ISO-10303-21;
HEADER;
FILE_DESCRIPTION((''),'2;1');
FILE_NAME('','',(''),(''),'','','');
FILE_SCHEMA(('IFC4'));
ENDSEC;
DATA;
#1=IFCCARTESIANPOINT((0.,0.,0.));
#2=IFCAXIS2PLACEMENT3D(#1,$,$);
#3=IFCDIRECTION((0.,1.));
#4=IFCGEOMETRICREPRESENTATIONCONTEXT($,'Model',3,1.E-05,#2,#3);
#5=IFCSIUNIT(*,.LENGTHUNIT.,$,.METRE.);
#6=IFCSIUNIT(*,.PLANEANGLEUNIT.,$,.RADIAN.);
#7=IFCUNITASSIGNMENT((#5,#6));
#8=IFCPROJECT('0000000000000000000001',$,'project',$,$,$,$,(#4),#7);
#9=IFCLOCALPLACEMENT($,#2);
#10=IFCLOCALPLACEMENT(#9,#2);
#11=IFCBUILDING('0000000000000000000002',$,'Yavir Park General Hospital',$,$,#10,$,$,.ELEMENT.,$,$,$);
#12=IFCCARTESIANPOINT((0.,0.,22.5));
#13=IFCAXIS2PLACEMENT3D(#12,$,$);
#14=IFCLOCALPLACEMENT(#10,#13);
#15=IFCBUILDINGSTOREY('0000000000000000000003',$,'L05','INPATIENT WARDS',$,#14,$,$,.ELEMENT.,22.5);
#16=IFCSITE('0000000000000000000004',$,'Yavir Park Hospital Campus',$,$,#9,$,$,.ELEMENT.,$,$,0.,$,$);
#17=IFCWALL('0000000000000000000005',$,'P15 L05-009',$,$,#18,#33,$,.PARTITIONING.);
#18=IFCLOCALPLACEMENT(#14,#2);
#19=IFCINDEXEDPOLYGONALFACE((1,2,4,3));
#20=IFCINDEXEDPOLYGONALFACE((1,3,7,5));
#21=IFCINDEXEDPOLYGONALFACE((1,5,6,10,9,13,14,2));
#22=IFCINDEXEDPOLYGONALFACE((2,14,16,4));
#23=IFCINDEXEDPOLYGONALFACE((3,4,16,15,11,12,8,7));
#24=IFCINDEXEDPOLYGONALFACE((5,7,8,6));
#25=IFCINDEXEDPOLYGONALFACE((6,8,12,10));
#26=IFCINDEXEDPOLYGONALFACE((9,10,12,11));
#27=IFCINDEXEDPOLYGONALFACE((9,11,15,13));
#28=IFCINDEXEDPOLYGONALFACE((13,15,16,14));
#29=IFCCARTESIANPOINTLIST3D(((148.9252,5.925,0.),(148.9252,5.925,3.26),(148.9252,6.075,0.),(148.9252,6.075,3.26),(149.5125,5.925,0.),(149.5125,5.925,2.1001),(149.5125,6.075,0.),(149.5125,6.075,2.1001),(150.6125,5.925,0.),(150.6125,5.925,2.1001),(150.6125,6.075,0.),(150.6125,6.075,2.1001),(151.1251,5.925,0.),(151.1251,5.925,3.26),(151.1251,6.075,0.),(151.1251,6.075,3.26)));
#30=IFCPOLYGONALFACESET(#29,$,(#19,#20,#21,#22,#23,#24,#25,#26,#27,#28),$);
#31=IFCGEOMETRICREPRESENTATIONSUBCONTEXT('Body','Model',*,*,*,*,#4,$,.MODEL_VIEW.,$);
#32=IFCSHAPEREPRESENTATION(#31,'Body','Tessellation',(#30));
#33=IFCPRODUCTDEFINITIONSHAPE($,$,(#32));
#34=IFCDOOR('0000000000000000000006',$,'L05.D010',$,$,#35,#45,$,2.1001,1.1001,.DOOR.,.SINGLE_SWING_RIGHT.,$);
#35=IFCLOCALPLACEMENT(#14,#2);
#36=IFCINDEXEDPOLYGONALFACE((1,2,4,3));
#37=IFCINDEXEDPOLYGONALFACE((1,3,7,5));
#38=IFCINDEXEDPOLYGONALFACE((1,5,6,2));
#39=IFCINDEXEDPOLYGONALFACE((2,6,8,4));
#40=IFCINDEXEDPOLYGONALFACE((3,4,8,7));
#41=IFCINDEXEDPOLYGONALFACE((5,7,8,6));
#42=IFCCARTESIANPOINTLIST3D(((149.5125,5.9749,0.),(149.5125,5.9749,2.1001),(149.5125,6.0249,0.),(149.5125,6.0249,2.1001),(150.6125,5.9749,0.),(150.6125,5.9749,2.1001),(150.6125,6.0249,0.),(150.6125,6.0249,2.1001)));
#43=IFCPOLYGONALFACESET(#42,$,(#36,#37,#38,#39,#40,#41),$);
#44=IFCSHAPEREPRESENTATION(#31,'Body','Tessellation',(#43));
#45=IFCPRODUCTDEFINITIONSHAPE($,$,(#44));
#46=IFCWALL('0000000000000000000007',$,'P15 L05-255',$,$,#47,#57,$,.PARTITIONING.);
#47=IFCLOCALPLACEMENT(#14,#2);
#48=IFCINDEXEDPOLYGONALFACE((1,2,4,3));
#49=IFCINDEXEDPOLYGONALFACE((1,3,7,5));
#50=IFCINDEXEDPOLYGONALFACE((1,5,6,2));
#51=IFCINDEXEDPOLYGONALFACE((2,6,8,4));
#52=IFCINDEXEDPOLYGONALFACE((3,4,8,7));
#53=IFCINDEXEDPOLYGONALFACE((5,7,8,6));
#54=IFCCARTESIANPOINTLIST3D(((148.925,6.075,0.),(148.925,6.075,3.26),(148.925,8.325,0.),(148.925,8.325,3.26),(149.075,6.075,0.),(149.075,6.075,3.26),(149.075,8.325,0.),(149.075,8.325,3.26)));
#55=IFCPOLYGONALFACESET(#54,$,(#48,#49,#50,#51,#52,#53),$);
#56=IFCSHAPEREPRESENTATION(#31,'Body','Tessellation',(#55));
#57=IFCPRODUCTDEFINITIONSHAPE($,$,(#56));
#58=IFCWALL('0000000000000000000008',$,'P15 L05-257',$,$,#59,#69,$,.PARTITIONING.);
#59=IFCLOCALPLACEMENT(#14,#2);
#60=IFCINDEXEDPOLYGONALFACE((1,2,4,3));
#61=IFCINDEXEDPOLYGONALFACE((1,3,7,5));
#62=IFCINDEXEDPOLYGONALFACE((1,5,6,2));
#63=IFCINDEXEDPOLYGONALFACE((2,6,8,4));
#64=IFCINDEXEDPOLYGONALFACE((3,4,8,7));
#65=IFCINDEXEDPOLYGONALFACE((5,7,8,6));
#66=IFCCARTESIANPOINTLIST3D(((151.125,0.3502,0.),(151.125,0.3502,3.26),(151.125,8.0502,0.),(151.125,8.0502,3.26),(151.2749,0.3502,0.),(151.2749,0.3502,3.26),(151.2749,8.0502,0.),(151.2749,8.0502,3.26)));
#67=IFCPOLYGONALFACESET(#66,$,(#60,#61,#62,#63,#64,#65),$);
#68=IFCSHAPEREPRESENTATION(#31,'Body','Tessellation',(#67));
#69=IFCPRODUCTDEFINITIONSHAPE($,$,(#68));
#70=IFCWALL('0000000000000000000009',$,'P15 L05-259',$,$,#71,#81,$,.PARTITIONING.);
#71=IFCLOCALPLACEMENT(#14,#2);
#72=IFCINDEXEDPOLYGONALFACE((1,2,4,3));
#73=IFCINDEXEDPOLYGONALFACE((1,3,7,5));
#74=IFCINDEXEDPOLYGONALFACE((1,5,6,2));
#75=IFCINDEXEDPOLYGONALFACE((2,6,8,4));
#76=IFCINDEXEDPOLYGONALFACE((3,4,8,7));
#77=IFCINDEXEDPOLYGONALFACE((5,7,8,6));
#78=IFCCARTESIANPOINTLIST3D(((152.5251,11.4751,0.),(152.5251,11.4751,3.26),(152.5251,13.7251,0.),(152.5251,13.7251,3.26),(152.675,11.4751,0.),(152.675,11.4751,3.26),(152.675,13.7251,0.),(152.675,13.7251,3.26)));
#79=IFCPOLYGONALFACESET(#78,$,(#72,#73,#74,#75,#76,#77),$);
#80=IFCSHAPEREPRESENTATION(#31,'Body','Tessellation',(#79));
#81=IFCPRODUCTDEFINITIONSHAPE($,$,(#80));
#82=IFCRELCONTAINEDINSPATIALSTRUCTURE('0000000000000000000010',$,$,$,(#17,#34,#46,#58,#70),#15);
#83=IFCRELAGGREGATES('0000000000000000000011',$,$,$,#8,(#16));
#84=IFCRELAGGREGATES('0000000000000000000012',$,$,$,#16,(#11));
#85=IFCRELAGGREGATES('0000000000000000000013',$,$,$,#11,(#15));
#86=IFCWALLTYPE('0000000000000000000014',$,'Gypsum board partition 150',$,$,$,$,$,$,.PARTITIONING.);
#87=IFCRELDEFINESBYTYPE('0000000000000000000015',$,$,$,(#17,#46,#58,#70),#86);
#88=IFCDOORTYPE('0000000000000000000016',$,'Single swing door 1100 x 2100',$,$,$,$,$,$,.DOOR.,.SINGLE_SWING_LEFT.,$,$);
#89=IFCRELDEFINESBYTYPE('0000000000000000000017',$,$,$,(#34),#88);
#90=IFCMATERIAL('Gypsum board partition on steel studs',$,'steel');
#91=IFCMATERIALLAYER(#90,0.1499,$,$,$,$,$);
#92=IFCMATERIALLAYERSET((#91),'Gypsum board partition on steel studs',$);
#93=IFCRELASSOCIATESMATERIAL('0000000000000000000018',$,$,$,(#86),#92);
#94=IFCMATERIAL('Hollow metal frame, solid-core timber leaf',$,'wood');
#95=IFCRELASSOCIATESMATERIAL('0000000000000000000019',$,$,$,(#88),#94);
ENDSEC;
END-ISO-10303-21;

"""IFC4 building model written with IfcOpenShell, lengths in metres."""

from ifc_helpers import new_model, si_unit, direction, frame, frame_2d, origin, place, context, subcontext, project, spatial, rectangle, extrude, material, layer, layer_set, type_object, element, fill, save


model = new_model("IFC4")

# Units and contexts
model_context = context("Model", 3, precision=1e-05, world=origin(), true_north=direction((0.0, 1.0)))
body_context = subcontext(model_context, "Body", "Model", "MODEL_VIEW")
ifc_project = project(units=[si_unit("LENGTHUNIT", "METRE"), si_unit("PLANEANGLEUNIT", "RADIAN")], contexts=[model_context])

# Site, building, storey
site_placement = place(None, origin())
site = spatial("IfcSite", under=ifc_project, at=site_placement, Name="Yavir Park Hospital Campus", CompositionType="ELEMENT", RefElevation=0.0)
building_placement = place(site_placement, origin())
building = spatial("IfcBuilding", under=site, at=building_placement, Name="Yavir Park General Hospital", CompositionType="ELEMENT")
storey_placement = place(building_placement, frame((0.0, 0.0, 22.5)))
storey = spatial("IfcBuildingStorey", under=building, at=storey_placement, Name="L05", Description="INPATIENT WARDS", CompositionType="ELEMENT", Elevation=22.5)

# Wall, opening, door
ifc_material_1 = material(Name="Gypsum board partition on steel studs", Category="steel")
ifc_layer_1 = layer(ifc_material_1, 0.1499)
ifc_layer_set_1 = layer_set([ifc_layer_1], Name="Gypsum board partition on steel studs")
wall_type_1 = type_object("IfcWallType", Name="Gypsum board partition 150", PredefinedType="PARTITIONING", material=ifc_layer_set_1)
wall_1_placement = place(storey_placement, frame((148.925, 6.0, 0.0), z_axis=(0.0, 0.0, 1.0), x_axis=(1.0, 0.0, 0.0)))
wall_1 = element("IfcWall", 1, at=wall_1_placement, inside=storey, type_object=wall_type_1, Name="P15 L05-009", PredefinedType="PARTITIONING", context=body_context, shape_type="SweptSolid", body=[
    extrude(rectangle(XDim=2.2, YDim=0.1499, at=frame_2d((1.1001, 0.0))), origin(), (0.0, 0.0, 1.0), 3.26),
])
opening_1_placement = place(wall_1_placement, frame((0.5874, 0.0, 0.0)))
opening_1 = element("IfcOpeningElement", 2, at=opening_1_placement, cuts=wall_1, PredefinedType="OPENING", context=body_context, shape_type="SweptSolid", body=[
    extrude(rectangle(XDim=1.1001, YDim=2.1001, at=frame_2d((0.55, 1.05))), frame((0.0, 0.085, 0.0), z_axis=(0.0, -1.0, 0.0), x_axis=(1.0, 0.0, 0.0)), (0.0, 0.0, 1.0), 0.1699),
])
ifc_material_2 = material(Name="Hollow metal frame, solid-core timber leaf", Category="wood")
door_type_1 = type_object("IfcDoorType", Name="Single swing door 1100 x 2100", OperationType="SINGLE_SWING_LEFT", PredefinedType="DOOR", material=ifc_material_2)
door_1_placement = place(opening_1_placement, origin())
door_1 = element("IfcDoor", 3, at=door_1_placement, inside=storey, type_object=door_type_1, Name="L05.D010", OperationType="SINGLE_SWING_RIGHT", OverallHeight=2.1001, OverallWidth=1.1001, PredefinedType="DOOR", context=body_context, shape_type="SweptSolid", body=[
    extrude(rectangle(XDim=1.1001, YDim=2.1001, at=frame_2d((0.55, 1.05))), frame((0.0, 0.0249, 0.0), z_axis=(0.0, -1.0, 0.0), x_axis=(1.0, 0.0, 0.0)), (0.0, 0.0, 1.0), 0.05),
])
fill(opening_1, door_1)

# Walls
wall_2_placement = place(storey_placement, frame((149.0, 6.075, 0.0), z_axis=(0.0, 0.0, 1.0), x_axis=(0.0, 1.0, 0.0)))
element("IfcWall", 4, at=wall_2_placement, inside=storey, type_object=wall_type_1, Name="P15 L05-255", PredefinedType="PARTITIONING", context=body_context, shape_type="SweptSolid", body=[
    extrude(rectangle(XDim=2.25, YDim=0.1499, at=frame_2d((1.125, 0.0))), origin(), (0.0, 0.0, 1.0), 3.26),
])
wall_3_placement = place(storey_placement, frame((151.2, 0.3501, 0.0), z_axis=(0.0, 0.0, 1.0), x_axis=(0.0, 1.0, 0.0)))
element("IfcWall", 5, at=wall_3_placement, inside=storey, type_object=wall_type_1, Name="P15 L05-257", PredefinedType="PARTITIONING", context=body_context, shape_type="SweptSolid", body=[
    extrude(rectangle(XDim=7.7, YDim=0.1499, at=frame_2d((3.8501, 0.0))), origin(), (0.0, 0.0, 1.0), 3.26),
])
wall_4_placement = place(storey_placement, frame((152.6001, 11.4751, 0.0), z_axis=(0.0, 0.0, 1.0), x_axis=(0.0, 1.0, 0.0)))
element("IfcWall", 6, at=wall_4_placement, inside=storey, type_object=wall_type_1, Name="P15 L05-259", PredefinedType="PARTITIONING", context=body_context, shape_type="SweptSolid", body=[
    extrude(rectangle(XDim=2.25, YDim=0.1499, at=frame_2d((1.125, 0.0))), origin(), (0.0, 0.0, 1.0), 3.26),
])

save(model, "model.ifc")
